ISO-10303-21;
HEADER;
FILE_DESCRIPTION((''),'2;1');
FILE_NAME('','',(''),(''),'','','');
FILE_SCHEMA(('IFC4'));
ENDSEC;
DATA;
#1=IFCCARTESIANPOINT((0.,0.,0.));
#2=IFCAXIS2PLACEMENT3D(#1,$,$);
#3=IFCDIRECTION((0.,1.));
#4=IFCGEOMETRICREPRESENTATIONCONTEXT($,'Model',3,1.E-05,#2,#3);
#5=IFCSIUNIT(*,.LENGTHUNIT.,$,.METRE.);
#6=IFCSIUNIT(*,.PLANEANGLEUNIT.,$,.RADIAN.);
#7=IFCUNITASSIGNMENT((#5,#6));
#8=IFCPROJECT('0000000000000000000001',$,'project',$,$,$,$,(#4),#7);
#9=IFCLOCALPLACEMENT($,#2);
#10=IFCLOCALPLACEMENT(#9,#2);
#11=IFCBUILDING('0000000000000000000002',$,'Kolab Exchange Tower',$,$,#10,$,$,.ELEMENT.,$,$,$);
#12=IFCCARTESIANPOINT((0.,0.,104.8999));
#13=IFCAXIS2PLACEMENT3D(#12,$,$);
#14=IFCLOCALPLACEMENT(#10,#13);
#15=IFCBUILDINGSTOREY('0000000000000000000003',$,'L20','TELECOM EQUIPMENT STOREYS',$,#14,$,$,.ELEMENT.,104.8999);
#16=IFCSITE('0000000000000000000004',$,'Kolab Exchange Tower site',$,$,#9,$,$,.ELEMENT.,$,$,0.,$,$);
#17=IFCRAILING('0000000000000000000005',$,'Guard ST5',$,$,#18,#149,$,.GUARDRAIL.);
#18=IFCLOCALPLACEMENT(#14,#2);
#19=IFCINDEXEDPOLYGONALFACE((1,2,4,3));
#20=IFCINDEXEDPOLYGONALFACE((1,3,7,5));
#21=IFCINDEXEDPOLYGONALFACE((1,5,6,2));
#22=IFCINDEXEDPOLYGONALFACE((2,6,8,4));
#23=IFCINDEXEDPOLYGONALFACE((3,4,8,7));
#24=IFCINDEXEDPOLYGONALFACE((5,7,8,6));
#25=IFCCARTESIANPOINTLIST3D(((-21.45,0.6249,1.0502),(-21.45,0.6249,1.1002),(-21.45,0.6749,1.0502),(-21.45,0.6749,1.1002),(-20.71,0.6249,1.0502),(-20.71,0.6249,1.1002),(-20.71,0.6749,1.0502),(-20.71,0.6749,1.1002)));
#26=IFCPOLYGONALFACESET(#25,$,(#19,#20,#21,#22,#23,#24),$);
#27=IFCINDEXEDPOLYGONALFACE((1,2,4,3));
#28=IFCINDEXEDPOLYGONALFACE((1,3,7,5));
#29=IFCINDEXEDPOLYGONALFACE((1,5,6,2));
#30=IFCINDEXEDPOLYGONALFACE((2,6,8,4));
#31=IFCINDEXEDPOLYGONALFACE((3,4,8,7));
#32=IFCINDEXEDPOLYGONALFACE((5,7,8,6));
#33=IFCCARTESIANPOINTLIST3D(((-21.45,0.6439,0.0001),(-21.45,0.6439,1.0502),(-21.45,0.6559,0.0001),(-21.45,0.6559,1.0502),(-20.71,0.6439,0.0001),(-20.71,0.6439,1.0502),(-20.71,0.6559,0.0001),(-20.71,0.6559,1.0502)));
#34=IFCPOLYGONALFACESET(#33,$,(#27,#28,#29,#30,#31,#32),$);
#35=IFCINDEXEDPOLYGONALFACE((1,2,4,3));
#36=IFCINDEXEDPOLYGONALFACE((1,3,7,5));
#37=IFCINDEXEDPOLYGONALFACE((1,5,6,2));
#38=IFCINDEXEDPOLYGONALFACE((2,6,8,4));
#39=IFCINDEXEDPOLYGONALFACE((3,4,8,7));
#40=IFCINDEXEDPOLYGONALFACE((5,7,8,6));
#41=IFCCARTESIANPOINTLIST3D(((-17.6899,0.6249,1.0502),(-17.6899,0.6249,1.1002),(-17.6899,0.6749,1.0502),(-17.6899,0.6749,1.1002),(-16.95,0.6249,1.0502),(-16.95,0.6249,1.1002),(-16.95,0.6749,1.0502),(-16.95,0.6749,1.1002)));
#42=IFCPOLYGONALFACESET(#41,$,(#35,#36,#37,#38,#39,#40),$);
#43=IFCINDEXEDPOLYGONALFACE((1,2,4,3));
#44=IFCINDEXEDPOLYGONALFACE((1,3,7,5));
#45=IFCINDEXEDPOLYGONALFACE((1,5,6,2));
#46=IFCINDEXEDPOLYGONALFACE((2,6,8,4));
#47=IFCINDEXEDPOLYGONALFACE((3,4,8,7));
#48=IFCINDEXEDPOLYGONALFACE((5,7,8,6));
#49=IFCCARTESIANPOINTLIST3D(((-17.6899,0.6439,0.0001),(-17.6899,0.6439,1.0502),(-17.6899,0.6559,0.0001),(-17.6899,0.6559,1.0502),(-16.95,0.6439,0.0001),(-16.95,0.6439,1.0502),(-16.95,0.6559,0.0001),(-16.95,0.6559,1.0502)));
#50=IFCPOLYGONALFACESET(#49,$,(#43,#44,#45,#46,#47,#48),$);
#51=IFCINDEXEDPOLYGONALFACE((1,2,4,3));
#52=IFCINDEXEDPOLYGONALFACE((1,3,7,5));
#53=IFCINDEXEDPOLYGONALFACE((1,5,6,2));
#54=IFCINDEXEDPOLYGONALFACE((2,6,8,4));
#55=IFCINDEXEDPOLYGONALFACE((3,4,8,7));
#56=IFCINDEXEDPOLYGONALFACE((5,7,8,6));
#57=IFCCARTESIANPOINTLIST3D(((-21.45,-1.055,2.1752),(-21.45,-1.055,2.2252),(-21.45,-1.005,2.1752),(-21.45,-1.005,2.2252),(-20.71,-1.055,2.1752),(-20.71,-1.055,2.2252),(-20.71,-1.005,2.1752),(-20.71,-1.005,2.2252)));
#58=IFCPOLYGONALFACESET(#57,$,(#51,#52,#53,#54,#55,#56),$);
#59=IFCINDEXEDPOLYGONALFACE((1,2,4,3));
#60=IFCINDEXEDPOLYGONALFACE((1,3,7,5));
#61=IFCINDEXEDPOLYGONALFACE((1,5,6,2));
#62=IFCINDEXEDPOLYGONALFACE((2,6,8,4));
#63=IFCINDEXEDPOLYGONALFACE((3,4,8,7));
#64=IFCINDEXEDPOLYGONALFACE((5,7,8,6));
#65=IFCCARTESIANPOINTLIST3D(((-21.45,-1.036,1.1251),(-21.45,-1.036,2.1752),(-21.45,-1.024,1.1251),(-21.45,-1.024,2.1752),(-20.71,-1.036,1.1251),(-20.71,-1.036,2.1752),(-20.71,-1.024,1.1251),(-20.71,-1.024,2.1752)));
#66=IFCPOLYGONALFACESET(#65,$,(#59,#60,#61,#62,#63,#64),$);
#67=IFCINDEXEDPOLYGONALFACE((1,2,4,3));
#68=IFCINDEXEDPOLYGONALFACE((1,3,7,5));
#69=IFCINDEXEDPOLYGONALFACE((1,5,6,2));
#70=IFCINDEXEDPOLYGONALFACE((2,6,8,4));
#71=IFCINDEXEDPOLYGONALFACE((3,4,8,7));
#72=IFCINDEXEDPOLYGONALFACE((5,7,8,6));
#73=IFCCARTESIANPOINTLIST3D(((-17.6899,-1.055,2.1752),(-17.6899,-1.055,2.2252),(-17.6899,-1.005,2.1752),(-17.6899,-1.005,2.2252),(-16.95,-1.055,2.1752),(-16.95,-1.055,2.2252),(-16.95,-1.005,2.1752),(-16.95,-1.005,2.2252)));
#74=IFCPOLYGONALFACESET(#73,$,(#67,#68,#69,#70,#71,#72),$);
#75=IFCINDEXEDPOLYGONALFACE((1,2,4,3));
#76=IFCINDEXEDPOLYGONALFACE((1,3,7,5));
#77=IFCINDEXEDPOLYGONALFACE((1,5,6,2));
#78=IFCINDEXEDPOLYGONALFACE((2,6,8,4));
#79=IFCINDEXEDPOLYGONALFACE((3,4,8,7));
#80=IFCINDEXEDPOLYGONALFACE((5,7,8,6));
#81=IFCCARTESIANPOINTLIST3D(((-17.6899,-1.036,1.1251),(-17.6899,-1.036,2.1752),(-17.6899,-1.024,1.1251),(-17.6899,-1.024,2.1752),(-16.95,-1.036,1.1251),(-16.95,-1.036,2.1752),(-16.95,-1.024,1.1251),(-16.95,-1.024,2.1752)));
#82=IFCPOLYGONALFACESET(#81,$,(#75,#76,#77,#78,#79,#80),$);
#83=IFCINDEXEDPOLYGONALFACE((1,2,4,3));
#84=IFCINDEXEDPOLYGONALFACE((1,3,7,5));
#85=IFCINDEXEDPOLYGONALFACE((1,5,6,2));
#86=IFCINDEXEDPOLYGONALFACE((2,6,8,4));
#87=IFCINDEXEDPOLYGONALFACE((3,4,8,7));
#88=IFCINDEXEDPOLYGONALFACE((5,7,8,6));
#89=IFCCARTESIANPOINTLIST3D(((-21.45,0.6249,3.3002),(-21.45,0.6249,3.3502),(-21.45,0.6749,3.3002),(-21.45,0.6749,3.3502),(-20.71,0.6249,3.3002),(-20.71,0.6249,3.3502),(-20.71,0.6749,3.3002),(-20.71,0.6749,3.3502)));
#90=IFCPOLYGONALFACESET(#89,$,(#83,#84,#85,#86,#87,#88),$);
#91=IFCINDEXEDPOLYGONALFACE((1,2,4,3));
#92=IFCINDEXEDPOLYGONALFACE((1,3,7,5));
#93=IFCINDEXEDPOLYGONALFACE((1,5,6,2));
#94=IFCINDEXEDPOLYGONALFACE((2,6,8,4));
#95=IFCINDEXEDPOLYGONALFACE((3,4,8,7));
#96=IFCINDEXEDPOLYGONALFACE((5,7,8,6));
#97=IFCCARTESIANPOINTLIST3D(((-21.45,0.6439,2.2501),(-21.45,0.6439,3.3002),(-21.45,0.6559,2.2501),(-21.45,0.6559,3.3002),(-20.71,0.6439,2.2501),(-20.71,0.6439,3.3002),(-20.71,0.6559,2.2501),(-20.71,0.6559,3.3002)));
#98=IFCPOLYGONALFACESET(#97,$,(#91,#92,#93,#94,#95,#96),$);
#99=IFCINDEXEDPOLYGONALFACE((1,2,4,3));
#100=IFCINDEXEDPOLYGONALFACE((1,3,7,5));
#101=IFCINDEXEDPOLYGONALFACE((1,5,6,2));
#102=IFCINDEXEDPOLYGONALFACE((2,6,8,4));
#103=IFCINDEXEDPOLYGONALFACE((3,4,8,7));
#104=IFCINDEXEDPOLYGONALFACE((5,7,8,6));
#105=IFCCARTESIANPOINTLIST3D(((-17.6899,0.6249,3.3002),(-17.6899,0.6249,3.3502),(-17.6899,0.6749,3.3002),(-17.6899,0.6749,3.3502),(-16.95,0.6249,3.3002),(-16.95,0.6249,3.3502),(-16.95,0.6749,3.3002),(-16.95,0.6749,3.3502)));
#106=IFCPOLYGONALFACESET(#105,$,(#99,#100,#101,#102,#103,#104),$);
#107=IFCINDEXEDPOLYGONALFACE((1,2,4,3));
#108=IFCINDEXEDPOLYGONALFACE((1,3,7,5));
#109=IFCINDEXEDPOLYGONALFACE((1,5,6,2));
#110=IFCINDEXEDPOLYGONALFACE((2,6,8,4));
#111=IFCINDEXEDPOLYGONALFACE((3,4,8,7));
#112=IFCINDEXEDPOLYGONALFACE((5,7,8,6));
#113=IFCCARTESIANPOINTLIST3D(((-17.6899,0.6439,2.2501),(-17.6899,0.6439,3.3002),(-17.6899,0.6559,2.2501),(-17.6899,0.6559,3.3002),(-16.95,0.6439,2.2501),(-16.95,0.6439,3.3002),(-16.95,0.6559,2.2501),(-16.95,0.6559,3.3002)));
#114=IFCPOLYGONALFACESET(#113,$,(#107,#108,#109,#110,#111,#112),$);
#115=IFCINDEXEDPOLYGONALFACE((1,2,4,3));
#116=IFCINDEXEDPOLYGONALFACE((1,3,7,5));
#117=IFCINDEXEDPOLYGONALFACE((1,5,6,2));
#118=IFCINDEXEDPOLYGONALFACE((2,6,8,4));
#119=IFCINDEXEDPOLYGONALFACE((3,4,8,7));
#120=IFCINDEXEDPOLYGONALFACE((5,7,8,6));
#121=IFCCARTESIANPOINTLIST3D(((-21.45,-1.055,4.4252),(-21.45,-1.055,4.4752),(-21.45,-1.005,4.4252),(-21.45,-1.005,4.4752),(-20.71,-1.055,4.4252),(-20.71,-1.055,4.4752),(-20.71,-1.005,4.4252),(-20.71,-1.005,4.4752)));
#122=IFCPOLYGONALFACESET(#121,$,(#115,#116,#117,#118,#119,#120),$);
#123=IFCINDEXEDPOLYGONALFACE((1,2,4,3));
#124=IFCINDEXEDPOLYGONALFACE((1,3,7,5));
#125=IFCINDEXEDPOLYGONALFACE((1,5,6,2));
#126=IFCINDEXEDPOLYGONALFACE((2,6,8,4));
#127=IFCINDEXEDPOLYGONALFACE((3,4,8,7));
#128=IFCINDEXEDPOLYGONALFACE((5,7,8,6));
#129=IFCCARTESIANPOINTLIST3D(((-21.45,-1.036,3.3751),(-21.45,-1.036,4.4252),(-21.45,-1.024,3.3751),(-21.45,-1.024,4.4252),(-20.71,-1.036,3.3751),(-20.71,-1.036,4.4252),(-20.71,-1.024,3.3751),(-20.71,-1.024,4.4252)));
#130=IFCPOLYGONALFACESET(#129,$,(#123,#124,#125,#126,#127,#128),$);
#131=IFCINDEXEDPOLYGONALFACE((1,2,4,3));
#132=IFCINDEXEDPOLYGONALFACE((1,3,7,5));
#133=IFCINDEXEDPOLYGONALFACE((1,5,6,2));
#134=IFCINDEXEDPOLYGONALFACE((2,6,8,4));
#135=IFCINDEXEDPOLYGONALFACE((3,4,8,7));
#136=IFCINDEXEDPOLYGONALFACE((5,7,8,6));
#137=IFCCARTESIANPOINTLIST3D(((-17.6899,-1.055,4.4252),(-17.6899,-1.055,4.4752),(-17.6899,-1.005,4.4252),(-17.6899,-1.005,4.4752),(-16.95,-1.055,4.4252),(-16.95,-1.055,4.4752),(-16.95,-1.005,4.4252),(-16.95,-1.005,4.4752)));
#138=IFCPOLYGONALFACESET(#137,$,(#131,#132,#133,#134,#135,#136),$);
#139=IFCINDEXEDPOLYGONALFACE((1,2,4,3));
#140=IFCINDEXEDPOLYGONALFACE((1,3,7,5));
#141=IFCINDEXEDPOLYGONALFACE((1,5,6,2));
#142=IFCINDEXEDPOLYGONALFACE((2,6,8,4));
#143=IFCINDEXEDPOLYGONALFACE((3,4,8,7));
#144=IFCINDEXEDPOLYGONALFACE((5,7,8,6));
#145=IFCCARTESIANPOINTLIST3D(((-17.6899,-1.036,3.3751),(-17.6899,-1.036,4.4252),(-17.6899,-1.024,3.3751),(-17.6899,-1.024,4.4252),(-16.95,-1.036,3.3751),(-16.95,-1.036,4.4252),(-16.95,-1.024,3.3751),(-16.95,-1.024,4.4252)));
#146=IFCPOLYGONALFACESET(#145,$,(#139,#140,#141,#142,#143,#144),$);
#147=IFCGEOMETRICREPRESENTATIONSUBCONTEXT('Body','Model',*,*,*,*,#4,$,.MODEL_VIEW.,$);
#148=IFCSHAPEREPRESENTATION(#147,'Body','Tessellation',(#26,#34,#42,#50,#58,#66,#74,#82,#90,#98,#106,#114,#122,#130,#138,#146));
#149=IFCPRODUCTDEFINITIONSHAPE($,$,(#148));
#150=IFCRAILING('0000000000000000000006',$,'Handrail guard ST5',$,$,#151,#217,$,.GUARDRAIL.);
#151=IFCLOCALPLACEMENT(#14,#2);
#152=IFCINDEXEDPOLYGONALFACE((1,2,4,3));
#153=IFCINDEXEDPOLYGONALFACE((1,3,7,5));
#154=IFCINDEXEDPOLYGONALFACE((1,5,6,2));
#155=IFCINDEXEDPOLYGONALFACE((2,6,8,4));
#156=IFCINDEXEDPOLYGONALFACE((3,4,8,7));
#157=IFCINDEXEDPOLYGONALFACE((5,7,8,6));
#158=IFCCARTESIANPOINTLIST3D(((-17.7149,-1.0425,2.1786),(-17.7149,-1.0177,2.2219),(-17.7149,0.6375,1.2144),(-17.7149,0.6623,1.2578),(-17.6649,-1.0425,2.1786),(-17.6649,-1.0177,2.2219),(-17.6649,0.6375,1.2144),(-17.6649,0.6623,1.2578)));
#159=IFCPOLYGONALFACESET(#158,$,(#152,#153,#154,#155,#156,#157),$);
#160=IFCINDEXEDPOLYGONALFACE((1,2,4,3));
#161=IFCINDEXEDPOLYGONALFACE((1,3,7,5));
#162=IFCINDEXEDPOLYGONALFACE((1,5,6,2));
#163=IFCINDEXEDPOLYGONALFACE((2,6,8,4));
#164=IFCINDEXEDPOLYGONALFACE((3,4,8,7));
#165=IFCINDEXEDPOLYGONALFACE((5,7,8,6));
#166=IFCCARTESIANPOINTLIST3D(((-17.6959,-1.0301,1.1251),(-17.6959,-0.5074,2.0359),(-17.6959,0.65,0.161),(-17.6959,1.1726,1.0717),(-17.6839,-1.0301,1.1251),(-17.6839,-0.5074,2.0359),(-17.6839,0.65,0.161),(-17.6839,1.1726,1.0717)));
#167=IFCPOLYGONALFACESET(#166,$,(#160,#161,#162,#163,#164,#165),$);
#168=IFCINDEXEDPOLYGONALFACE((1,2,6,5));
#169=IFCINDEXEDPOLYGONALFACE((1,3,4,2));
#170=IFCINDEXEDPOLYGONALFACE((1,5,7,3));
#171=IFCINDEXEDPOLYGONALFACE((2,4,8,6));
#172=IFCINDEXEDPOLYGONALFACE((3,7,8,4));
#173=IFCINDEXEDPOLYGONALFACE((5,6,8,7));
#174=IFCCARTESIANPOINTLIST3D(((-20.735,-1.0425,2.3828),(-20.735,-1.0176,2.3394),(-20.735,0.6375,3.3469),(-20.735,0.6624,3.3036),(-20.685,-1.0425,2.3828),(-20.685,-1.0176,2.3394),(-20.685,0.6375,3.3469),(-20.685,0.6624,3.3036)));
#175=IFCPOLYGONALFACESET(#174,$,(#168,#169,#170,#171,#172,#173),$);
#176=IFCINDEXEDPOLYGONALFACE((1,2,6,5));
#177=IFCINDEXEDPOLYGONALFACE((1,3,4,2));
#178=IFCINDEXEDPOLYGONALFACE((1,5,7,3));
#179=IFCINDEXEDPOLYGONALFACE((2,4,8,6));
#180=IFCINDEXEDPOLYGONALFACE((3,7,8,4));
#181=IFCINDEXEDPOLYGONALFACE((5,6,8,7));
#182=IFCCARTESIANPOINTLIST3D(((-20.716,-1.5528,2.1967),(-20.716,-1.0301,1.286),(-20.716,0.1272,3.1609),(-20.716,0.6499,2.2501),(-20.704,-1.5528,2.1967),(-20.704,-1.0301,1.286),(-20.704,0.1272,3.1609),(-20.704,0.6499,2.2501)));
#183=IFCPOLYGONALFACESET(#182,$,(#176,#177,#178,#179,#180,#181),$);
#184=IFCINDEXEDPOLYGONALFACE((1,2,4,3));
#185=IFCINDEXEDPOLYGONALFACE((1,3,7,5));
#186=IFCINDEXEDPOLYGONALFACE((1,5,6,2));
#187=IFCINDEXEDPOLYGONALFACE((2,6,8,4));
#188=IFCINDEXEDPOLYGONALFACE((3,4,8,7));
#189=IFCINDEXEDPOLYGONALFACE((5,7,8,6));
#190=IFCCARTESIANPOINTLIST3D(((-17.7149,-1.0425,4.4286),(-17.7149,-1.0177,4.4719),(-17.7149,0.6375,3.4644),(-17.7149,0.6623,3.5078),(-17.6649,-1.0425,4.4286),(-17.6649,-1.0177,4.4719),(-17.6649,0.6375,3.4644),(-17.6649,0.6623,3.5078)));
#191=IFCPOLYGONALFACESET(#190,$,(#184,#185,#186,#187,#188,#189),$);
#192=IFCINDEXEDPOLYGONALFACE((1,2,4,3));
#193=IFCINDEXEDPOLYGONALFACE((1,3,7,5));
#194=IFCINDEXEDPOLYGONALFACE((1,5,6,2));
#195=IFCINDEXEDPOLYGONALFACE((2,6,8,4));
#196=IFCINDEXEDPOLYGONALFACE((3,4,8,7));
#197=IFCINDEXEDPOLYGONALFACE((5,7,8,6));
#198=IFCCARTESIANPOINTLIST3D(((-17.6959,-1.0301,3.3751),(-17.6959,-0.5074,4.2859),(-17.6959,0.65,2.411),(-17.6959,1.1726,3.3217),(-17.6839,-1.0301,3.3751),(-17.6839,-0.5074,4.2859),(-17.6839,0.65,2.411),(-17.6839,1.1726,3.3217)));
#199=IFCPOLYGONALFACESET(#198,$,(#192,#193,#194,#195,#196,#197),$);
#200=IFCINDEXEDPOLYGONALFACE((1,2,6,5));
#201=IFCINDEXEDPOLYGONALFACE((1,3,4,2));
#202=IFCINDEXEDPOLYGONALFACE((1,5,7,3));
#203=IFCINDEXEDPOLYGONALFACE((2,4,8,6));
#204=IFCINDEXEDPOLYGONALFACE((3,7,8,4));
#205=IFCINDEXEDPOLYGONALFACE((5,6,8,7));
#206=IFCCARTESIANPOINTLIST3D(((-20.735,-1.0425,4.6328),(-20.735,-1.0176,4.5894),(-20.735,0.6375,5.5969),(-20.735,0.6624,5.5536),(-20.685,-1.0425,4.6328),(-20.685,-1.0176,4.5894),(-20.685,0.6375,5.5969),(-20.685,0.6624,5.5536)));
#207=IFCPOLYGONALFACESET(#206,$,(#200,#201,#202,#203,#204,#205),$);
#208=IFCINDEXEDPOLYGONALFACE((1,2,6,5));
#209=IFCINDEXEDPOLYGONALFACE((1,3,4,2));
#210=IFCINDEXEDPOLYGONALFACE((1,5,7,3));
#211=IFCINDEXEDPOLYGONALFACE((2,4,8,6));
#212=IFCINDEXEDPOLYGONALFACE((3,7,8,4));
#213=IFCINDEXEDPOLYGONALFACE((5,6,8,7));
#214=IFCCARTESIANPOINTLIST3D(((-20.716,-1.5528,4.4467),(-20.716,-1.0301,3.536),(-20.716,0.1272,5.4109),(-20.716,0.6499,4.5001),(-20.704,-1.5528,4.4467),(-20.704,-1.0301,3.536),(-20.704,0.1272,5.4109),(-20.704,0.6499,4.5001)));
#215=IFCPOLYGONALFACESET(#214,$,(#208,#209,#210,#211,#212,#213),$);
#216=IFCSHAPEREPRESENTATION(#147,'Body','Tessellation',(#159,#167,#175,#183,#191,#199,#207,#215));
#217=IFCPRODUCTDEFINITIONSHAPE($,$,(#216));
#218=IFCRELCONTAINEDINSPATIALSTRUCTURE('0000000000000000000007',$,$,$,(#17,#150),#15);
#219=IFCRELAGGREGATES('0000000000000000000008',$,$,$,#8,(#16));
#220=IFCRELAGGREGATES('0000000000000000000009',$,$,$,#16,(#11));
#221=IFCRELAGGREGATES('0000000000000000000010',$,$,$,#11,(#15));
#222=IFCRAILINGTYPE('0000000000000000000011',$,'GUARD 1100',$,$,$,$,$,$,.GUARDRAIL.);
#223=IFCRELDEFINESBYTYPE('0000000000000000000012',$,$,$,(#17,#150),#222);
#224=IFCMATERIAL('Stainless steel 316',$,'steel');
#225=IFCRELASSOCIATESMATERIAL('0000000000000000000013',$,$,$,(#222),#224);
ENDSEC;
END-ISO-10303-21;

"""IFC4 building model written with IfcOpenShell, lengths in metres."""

from ifc_helpers import new_model, si_unit, direction, frame, frame_2d, origin, origin_2d, place, context, subcontext, project, spatial, rectangle, extrude, material, type_object, element, save


model = new_model("IFC4")

# Units and contexts
model_context = context("Model", 3, precision=1e-05, world=origin(), true_north=direction((0.0, 1.0)))
body_context = subcontext(model_context, "Body", "Model", "MODEL_VIEW")
ifc_project = project(units=[si_unit("LENGTHUNIT", "METRE"), si_unit("PLANEANGLEUNIT", "RADIAN")], contexts=[model_context])

# Site, building, storey
site_placement = place(None, origin())
site = spatial("IfcSite", under=ifc_project, at=site_placement, Name="Kolab Exchange Tower site", CompositionType="ELEMENT", RefElevation=0.0)
building_placement = place(site_placement, origin())
building = spatial("IfcBuilding", under=site, at=building_placement, Name="Kolab Exchange Tower", CompositionType="ELEMENT")
storey_placement = place(building_placement, frame((0.0, 0.0, 104.8999)))
storey = spatial("IfcBuildingStorey", under=building, at=storey_placement, Name="L20", Description="TELECOM EQUIPMENT STOREYS", CompositionType="ELEMENT", Elevation=104.8999)

# Railings
ifc_material_1 = material(Name="Stainless steel 316", Category="steel")
railing_type = type_object("IfcRailingType", Name="GUARD 1100", PredefinedType="GUARDRAIL", material=ifc_material_1)
railing_1_placement = place(storey_placement, frame((-21.45, 0.6499, 0.0)))
element("IfcRailing", 1, at=railing_1_placement, inside=storey, type_object=railing_type, Name="Guard ST5", PredefinedType="GUARDRAIL", context=body_context, shape_type="SweptSolid", body=[
    extrude(rectangle(XDim=0.05, YDim=0.05, at=origin_2d()), frame((0.0, 0.0, 1.0752), z_axis=(1.0, 0.0, 0.0), x_axis=(0.0, 1.0, 0.0)), (0.0, 0.0, 1.0), 0.74),
    extrude(rectangle(XDim=0.012, YDim=1.0501, at=frame_2d((0.0, 0.5251))), frame((0.0, 0.0, 0.0), z_axis=(1.0, 0.0, 0.0), x_axis=(0.0, 1.0, 0.0)), (0.0, 0.0, 1.0), 0.74),
    extrude(rectangle(XDim=0.05, YDim=0.05, at=origin_2d()), frame((3.76, 0.0, 1.0752), z_axis=(1.0, 0.0, 0.0), x_axis=(0.0, 1.0, 0.0)), (0.0, 0.0, 1.0), 0.74),
    extrude(rectangle(XDim=0.012, YDim=1.0501, at=frame_2d((0.0, 0.5251))), frame((3.76, 0.0, 0.0), z_axis=(1.0, 0.0, 0.0), x_axis=(0.0, 1.0, 0.0)), (0.0, 0.0, 1.0), 0.74),
    extrude(rectangle(XDim=0.05, YDim=0.05, at=origin_2d()), frame((0.0, -1.6799, 2.2002), z_axis=(1.0, 0.0, 0.0), x_axis=(0.0, 1.0, 0.0)), (0.0, 0.0, 1.0), 0.74),
    extrude(rectangle(XDim=0.012, YDim=1.0501, at=frame_2d((0.0, 0.5251))), frame((0.0, -1.6799, 1.125), z_axis=(1.0, 0.0, 0.0), x_axis=(0.0, 1.0, 0.0)), (0.0, 0.0, 1.0), 0.74),
    extrude(rectangle(XDim=0.05, YDim=0.05, at=origin_2d()), frame((3.76, -1.6799, 2.2002), z_axis=(1.0, 0.0, 0.0), x_axis=(0.0, 1.0, 0.0)), (0.0, 0.0, 1.0), 0.74),
    extrude(rectangle(XDim=0.012, YDim=1.0501, at=frame_2d((0.0, 0.5251))), frame((3.76, -1.6799, 1.125), z_axis=(1.0, 0.0, 0.0), x_axis=(0.0, 1.0, 0.0)), (0.0, 0.0, 1.0), 0.74),
    extrude(rectangle(XDim=0.05, YDim=0.05, at=origin_2d()), frame((0.0, 0.0, 3.3252), z_axis=(1.0, 0.0, 0.0), x_axis=(0.0, 1.0, 0.0)), (0.0, 0.0, 1.0), 0.74),
    extrude(rectangle(XDim=0.012, YDim=1.0501, at=frame_2d((0.0, 0.5251))), frame((0.0, 0.0, 2.25), z_axis=(1.0, 0.0, 0.0), x_axis=(0.0, 1.0, 0.0)), (0.0, 0.0, 1.0), 0.74),
    extrude(rectangle(XDim=0.05, YDim=0.05, at=origin_2d()), frame((3.76, 0.0, 3.3252), z_axis=(1.0, 0.0, 0.0), x_axis=(0.0, 1.0, 0.0)), (0.0, 0.0, 1.0), 0.74),
    extrude(rectangle(XDim=0.012, YDim=1.0501, at=frame_2d((0.0, 0.5251))), frame((3.76, 0.0, 2.25), z_axis=(1.0, 0.0, 0.0), x_axis=(0.0, 1.0, 0.0)), (0.0, 0.0, 1.0), 0.74),
    extrude(rectangle(XDim=0.05, YDim=0.05, at=origin_2d()), frame((0.0, -1.6799, 4.4502), z_axis=(1.0, 0.0, 0.0), x_axis=(0.0, 1.0, 0.0)), (0.0, 0.0, 1.0), 0.74),
    extrude(rectangle(XDim=0.012, YDim=1.0501, at=frame_2d((0.0, 0.5251))), frame((0.0, -1.6799, 3.375), z_axis=(1.0, 0.0, 0.0), x_axis=(0.0, 1.0, 0.0)), (0.0, 0.0, 1.0), 0.74),
    extrude(rectangle(XDim=0.05, YDim=0.05, at=origin_2d()), frame((3.76, -1.6799, 4.4502), z_axis=(1.0, 0.0, 0.0), x_axis=(0.0, 1.0, 0.0)), (0.0, 0.0, 1.0), 0.74),
    extrude(rectangle(XDim=0.012, YDim=1.0501, at=frame_2d((0.0, 0.5251))), frame((3.76, -1.6799, 3.375), z_axis=(1.0, 0.0, 0.0), x_axis=(0.0, 1.0, 0.0)), (0.0, 0.0, 1.0), 0.74),
])
railing_2_placement = place(storey_placement, frame((-17.6899, 0.6499, 0.1609)))
element("IfcRailing", 2, at=railing_2_placement, inside=storey, type_object=railing_type, Name="Handrail guard ST5", PredefinedType="GUARDRAIL", context=body_context, shape_type="SweptSolid", body=[
    extrude(rectangle(XDim=0.05, YDim=0.05, at=origin_2d()), frame((0.0, 0.0, 1.0752), z_axis=(0.0, -0.867319, 0.497753), x_axis=(1.0, 0.0, 0.0)), (0.0, 0.0, 1.0), 1.937),
    extrude(rectangle(XDim=0.012, YDim=1.0501, at=frame_2d((0.0, 0.5251))), frame((0.0, 0.0, 0.0), z_axis=(0.0, -0.867319, 0.497753), x_axis=(1.0, 0.0, 0.0)), (0.0, 0.0, 1.0), 1.937),
    extrude(rectangle(XDim=0.05, YDim=0.05, at=origin_2d()), frame((-3.02, -1.6799, 2.2002), z_axis=(0.0, 0.867319, 0.497753), x_axis=(-1.0, 0.0, 0.0)), (0.0, 0.0, 1.0), 1.937),
    extrude(rectangle(XDim=0.012, YDim=1.0501, at=frame_2d((0.0, 0.5251))), frame((-3.02, -1.6799, 1.125), z_axis=(0.0, 0.867319, 0.497753), x_axis=(-1.0, 0.0, 0.0)), (0.0, 0.0, 1.0), 1.937),
    extrude(rectangle(XDim=0.05, YDim=0.05, at=origin_2d()), frame((0.0, 0.0, 3.3252), z_axis=(0.0, -0.867319, 0.497753), x_axis=(1.0, 0.0, 0.0)), (0.0, 0.0, 1.0), 1.937),
    extrude(rectangle(XDim=0.012, YDim=1.0501, at=frame_2d((0.0, 0.5251))), frame((0.0, 0.0, 2.25), z_axis=(0.0, -0.867319, 0.497753), x_axis=(1.0, 0.0, 0.0)), (0.0, 0.0, 1.0), 1.937),
    extrude(rectangle(XDim=0.05, YDim=0.05, at=origin_2d()), frame((-3.02, -1.6799, 4.4502), z_axis=(0.0, 0.867319, 0.497753), x_axis=(-1.0, 0.0, 0.0)), (0.0, 0.0, 1.0), 1.937),
    extrude(rectangle(XDim=0.012, YDim=1.0501, at=frame_2d((0.0, 0.5251))), frame((-3.02, -1.6799, 3.375), z_axis=(0.0, 0.867319, 0.497753), x_axis=(-1.0, 0.0, 0.0)), (0.0, 0.0, 1.0), 1.937),
])

save(model, "model.ifc")
